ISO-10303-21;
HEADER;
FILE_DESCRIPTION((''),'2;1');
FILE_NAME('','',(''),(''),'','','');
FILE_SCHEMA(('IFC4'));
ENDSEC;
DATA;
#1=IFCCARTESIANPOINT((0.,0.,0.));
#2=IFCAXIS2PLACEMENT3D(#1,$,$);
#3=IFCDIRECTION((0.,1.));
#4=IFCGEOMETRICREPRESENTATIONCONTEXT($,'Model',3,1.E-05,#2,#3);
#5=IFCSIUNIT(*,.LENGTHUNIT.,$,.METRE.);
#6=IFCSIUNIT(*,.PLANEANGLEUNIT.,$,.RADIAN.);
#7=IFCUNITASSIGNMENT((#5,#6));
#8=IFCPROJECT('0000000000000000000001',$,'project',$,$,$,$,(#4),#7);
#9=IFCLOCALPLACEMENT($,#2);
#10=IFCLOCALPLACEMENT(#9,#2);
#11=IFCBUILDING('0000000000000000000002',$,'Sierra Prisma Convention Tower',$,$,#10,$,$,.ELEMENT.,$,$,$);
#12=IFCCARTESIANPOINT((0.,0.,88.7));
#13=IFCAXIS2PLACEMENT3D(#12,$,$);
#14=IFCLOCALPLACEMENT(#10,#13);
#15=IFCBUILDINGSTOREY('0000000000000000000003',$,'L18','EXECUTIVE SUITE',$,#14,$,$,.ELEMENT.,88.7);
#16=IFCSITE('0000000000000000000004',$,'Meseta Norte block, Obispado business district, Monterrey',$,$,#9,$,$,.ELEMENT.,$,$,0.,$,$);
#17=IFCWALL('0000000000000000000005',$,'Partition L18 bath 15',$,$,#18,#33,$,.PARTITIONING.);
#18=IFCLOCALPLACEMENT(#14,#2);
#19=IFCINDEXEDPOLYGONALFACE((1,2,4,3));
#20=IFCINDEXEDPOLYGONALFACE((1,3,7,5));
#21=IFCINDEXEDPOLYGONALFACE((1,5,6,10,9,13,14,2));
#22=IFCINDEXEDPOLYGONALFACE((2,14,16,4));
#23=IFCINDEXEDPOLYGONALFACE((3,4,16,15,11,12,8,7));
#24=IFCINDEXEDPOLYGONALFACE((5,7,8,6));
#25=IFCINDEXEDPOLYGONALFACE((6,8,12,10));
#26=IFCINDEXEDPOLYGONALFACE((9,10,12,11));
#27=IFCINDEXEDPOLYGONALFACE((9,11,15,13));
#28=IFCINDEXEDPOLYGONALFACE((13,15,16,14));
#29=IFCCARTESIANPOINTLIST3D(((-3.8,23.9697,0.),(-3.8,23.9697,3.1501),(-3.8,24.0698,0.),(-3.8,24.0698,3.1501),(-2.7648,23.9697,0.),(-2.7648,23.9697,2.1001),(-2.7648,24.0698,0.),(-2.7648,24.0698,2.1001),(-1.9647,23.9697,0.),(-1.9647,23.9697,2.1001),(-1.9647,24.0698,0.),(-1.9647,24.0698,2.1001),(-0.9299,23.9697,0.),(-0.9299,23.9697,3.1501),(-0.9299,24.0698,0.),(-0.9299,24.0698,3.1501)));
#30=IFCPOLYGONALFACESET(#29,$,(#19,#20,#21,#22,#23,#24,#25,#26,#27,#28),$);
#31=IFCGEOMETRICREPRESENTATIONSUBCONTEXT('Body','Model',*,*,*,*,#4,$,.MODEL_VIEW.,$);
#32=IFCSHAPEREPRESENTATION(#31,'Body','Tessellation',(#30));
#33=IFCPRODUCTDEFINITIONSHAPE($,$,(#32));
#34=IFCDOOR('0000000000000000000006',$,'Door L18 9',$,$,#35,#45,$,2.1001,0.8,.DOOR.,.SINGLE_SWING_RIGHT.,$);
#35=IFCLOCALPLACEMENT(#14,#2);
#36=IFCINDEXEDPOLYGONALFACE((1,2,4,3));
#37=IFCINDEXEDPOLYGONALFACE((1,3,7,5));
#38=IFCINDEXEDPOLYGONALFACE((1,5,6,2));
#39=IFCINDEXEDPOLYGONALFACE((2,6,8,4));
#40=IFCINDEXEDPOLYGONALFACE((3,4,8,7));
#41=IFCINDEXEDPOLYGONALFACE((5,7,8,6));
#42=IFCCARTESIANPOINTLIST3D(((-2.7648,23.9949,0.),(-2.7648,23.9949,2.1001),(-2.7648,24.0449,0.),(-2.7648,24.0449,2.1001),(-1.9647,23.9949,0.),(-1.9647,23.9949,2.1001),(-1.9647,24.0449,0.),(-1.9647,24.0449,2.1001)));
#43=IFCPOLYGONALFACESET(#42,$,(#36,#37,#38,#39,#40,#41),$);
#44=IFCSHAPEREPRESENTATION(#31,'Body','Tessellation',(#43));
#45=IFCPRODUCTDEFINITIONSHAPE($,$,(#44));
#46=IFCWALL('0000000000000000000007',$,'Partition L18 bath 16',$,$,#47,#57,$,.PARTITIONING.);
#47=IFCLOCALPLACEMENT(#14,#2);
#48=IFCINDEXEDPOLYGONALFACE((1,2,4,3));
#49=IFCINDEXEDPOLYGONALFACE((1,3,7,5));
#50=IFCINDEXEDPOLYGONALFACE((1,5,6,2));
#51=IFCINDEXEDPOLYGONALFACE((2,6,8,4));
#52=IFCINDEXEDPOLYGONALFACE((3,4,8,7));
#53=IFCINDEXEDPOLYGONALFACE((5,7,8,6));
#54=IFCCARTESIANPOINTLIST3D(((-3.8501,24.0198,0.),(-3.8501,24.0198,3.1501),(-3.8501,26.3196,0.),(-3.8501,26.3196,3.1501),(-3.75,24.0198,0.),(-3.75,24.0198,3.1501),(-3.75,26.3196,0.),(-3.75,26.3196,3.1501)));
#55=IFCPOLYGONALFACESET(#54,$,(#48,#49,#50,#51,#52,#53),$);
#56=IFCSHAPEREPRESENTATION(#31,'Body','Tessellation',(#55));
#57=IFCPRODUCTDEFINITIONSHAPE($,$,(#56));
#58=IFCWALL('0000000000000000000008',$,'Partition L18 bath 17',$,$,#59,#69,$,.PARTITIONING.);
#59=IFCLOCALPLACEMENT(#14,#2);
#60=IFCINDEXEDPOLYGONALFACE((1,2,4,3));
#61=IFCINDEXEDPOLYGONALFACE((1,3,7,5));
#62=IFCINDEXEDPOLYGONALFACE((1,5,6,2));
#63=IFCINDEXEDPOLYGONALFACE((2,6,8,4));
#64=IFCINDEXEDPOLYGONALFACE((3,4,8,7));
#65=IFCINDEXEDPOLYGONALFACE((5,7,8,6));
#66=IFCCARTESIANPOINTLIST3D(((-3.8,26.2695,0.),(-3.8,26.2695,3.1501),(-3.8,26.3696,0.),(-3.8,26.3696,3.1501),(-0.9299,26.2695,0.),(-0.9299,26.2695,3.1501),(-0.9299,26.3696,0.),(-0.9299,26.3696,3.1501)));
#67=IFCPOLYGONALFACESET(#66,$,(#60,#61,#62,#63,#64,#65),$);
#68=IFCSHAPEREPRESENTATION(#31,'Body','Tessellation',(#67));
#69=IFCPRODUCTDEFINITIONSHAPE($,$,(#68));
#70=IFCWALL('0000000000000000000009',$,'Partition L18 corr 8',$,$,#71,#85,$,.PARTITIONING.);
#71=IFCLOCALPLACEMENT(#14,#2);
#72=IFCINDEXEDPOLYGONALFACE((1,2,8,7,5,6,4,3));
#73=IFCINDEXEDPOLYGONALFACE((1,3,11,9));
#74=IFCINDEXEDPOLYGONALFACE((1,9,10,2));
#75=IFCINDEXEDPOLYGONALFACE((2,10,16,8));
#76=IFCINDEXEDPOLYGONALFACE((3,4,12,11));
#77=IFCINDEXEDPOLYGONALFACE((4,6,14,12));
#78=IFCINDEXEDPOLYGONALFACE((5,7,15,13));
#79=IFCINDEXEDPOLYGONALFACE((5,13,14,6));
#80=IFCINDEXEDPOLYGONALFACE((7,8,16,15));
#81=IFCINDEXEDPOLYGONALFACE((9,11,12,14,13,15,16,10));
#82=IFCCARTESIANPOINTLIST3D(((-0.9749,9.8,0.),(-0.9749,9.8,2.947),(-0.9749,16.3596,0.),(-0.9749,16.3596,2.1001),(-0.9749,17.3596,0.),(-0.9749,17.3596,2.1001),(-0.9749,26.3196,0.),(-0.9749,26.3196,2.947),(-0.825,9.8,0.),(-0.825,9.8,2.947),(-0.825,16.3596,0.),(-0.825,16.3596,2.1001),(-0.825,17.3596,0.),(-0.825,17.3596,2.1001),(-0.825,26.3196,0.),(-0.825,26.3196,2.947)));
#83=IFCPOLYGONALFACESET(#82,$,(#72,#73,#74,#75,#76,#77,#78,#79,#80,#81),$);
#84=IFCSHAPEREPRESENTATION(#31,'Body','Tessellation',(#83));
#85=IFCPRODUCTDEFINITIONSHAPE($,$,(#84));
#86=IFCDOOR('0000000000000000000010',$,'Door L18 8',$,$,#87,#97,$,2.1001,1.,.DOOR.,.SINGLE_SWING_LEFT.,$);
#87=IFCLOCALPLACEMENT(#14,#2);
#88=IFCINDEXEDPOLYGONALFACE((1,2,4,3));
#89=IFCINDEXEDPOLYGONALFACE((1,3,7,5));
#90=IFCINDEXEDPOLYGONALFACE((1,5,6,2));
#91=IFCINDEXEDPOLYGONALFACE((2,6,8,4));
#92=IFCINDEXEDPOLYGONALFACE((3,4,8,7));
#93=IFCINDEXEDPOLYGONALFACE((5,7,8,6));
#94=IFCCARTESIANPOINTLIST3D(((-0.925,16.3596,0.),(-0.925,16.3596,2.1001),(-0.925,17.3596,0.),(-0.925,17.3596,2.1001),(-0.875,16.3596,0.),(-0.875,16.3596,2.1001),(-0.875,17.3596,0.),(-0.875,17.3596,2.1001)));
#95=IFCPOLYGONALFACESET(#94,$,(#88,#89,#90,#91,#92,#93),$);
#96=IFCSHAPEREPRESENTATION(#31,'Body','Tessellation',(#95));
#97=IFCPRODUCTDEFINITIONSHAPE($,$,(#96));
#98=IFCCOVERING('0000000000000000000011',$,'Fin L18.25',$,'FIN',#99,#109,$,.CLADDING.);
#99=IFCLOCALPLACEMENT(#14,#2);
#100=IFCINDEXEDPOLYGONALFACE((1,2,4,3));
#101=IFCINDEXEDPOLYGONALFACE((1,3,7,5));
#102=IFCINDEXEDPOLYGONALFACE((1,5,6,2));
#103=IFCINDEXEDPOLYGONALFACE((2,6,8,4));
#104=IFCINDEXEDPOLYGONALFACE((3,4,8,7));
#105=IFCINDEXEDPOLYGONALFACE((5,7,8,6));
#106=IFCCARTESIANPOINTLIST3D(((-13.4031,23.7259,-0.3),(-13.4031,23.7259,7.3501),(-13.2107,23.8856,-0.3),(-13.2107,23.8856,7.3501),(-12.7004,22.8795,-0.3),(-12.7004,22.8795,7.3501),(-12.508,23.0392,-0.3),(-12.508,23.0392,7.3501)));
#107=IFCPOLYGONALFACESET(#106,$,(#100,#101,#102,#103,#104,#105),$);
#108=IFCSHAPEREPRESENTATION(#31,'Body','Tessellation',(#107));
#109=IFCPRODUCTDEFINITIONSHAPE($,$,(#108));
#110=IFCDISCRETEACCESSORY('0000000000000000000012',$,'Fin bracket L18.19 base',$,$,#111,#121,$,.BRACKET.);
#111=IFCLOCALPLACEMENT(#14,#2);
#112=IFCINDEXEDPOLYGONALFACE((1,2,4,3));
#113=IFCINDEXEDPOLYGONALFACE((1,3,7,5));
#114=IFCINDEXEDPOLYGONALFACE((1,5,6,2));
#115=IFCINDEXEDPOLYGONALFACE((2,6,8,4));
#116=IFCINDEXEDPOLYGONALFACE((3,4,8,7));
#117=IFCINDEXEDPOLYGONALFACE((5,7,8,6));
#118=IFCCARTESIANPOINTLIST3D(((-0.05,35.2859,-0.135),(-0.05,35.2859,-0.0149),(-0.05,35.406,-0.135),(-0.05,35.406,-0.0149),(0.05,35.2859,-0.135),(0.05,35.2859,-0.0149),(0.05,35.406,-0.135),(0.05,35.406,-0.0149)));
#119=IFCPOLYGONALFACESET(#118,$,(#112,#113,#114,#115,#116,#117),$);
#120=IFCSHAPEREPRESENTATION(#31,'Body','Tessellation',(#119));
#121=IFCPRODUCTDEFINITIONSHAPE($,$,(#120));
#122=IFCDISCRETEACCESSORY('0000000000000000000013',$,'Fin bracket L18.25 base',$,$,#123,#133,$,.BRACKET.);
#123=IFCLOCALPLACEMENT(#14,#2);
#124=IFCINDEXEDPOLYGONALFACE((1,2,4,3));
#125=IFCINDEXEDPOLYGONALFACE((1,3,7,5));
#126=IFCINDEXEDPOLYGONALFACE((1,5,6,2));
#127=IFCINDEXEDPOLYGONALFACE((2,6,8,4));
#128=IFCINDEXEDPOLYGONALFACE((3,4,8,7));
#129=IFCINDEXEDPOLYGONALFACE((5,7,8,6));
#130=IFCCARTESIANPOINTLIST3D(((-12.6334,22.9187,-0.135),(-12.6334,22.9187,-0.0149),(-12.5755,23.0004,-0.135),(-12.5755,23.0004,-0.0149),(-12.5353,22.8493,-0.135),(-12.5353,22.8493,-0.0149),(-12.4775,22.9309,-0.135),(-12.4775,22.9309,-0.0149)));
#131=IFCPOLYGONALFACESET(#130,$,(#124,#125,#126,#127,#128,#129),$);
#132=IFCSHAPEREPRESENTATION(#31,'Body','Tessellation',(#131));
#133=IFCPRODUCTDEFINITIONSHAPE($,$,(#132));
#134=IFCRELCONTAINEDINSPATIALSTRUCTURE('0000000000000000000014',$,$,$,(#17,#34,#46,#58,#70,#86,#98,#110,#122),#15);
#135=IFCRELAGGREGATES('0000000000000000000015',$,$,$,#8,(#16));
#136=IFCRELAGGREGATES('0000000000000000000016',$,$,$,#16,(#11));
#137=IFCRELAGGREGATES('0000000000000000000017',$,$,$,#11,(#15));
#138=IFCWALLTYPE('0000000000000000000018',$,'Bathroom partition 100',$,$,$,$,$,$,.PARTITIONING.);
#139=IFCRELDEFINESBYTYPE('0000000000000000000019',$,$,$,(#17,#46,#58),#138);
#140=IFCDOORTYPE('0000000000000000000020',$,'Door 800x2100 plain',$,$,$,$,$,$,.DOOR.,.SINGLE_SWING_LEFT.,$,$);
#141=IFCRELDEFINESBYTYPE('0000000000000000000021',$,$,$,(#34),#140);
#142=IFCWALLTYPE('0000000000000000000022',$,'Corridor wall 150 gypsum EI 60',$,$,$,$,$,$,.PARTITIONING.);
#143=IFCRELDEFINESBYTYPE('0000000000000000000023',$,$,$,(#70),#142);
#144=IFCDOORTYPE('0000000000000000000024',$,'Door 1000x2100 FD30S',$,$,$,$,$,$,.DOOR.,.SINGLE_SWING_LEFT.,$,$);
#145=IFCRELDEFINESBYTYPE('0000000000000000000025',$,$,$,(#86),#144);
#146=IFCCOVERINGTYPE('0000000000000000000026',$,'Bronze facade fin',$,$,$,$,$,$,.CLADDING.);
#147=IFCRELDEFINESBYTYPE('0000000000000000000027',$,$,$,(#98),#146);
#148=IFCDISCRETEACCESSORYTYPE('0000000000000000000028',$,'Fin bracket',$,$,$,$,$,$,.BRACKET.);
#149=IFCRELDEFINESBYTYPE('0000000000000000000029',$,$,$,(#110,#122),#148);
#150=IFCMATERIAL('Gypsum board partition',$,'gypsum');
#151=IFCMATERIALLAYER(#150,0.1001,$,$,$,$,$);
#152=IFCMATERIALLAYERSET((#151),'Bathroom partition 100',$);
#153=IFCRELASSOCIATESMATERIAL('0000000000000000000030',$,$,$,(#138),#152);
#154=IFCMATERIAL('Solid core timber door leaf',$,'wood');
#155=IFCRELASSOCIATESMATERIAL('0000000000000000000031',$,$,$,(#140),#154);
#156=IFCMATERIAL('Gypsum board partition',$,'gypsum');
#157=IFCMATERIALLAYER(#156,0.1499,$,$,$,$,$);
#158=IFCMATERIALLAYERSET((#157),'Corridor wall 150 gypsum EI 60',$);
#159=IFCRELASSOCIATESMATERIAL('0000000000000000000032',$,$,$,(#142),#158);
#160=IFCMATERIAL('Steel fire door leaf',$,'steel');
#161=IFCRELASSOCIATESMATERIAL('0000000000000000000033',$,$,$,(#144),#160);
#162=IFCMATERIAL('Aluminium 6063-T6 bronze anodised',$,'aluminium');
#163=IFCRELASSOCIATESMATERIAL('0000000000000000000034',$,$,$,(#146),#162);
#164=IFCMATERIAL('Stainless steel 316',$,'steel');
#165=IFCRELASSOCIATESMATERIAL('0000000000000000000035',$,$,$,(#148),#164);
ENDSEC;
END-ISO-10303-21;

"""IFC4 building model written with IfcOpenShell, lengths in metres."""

from ifc_helpers import new_model, si_unit, direction, frame, frame_2d, origin, origin_2d, place, context, subcontext, project, spatial, rectangle, extrude, material, layer, layer_set, material_profile, profile_set, type_object, element, fill, save


model = new_model("IFC4")

# Units and contexts
model_context = context("Model", 3, precision=1e-05, world=origin(), true_north=direction((0.0, 1.0)))
body_context = subcontext(model_context, "Body", "Model", "MODEL_VIEW")
ifc_project = project(units=[si_unit("LENGTHUNIT", "METRE"), si_unit("PLANEANGLEUNIT", "RADIAN")], contexts=[model_context])

# Site, building, storey
site_placement = place(None, origin())
site = spatial("IfcSite", under=ifc_project, at=site_placement, Name="Meseta Norte block, Obispado business district, Monterrey", CompositionType="ELEMENT", RefElevation=0.0)
building_placement = place(site_placement, origin())
building = spatial("IfcBuilding", under=site, at=building_placement, Name="Sierra Prisma Convention Tower", CompositionType="ELEMENT")
storey_placement = place(building_placement, frame((0.0, 0.0, 88.7)))
storey = spatial("IfcBuildingStorey", under=building, at=storey_placement, Name="L18", Description="EXECUTIVE SUITE", CompositionType="ELEMENT", Elevation=88.7)

# Wall, opening, door
ifc_material_1 = material(Name="Gypsum board partition", Category="gypsum")
ifc_layer_1 = layer(ifc_material_1, 0.1001)
ifc_layer_set_1 = layer_set([ifc_layer_1], Name="Bathroom partition 100")
wall_type_1 = type_object("IfcWallType", Name="Bathroom partition 100", PredefinedType="PARTITIONING", material=ifc_layer_set_1)
wall_1_placement = place(storey_placement, frame((-0.9299, 24.0198, 0.0), z_axis=(0.0, 0.0, 1.0), x_axis=(-1.0, 0.0, 0.0)))
wall_1 = element("IfcWall", 1, at=wall_1_placement, inside=storey, type_object=wall_type_1, Name="Partition L18 bath 15", PredefinedType="PARTITIONING", context=body_context, shape_type="SweptSolid", body=[
    extrude(rectangle(XDim=2.8701, YDim=0.1001, at=frame_2d((1.4351, 0.0))), origin(), (0.0, 0.0, 1.0), 3.1501),
])
opening_1_placement = place(wall_1_placement, frame((1.0349, 0.0, 0.0)))
opening_1 = element("IfcOpeningElement", 2, at=opening_1_placement, cuts=wall_1, PredefinedType="OPENING", context=body_context, shape_type="SweptSolid", body=[
    extrude(rectangle(XDim=0.8, YDim=2.1001, at=frame_2d((0.3999, 1.05))), frame((0.0, 0.05, 0.0), z_axis=(0.0, -1.0, 0.0), x_axis=(1.0, 0.0, 0.0)), (0.0, 0.0, 1.0), 0.1001),
])
ifc_material_2 = material(Name="Solid core timber door leaf", Category="wood")
door_type_1 = type_object("IfcDoorType", Name="Door 800x2100 plain", OperationType="SINGLE_SWING_LEFT", PredefinedType="DOOR", material=ifc_material_2)
door_1_placement = place(opening_1_placement, origin())
door_1 = element("IfcDoor", 3, at=door_1_placement, inside=storey, type_object=door_type_1, Name="Door L18 9", OperationType="SINGLE_SWING_RIGHT", OverallHeight=2.1001, OverallWidth=0.8, PredefinedType="DOOR", context=body_context, shape_type="SweptSolid", body=[
    extrude(rectangle(XDim=0.8, YDim=2.1001, at=frame_2d((0.3999, 1.05))), frame((0.0, 0.0249, 0.0), z_axis=(0.0, -1.0, 0.0), x_axis=(1.0, 0.0, 0.0)), (0.0, 0.0, 1.0), 0.05),
])
fill(opening_1, door_1)

# Walls
wall_2_placement = place(storey_placement, frame((-3.8, 24.0198, 0.0), z_axis=(0.0, 0.0, 1.0), x_axis=(0.0, 1.0, 0.0)))
element("IfcWall", 4, at=wall_2_placement, inside=storey, type_object=wall_type_1, Name="Partition L18 bath 16", PredefinedType="PARTITIONING", context=body_context, shape_type="SweptSolid", body=[
    extrude(rectangle(XDim=2.2998, YDim=0.1001, at=frame_2d((1.1499, 0.0))), origin(), (0.0, 0.0, 1.0), 3.1501),
])
wall_3_placement = place(storey_placement, frame((-3.8, 26.3196, 0.0), z_axis=(0.0, 0.0, 1.0), x_axis=(1.0, 0.0, 0.0)))
element("IfcWall", 5, at=wall_3_placement, inside=storey, type_object=wall_type_1, Name="Partition L18 bath 17", PredefinedType="PARTITIONING", context=body_context, shape_type="SweptSolid", body=[
    extrude(rectangle(XDim=2.8701, YDim=0.1001, at=frame_2d((1.4351, 0.0))), origin(), (0.0, 0.0, 1.0), 3.1501),
])

# Wall, opening, door
ifc_material_3 = material(Name="Gypsum board partition", Category="gypsum")
ifc_layer_2 = layer(ifc_material_3, 0.1499)
ifc_layer_set_2 = layer_set([ifc_layer_2], Name="Corridor wall 150 gypsum EI 60")
wall_type_2 = type_object("IfcWallType", Name="Corridor wall 150 gypsum EI 60", PredefinedType="PARTITIONING", material=ifc_layer_set_2)
wall_4_placement = place(storey_placement, frame((-0.8999, 26.3196, 0.0), z_axis=(0.0, 0.0, 1.0), x_axis=(0.0, -1.0, 0.0)))
wall_4 = element("IfcWall", 6, at=wall_4_placement, inside=storey, type_object=wall_type_2, Name="Partition L18 corr 8", PredefinedType="PARTITIONING", context=body_context, shape_type="SweptSolid", body=[
    extrude(rectangle(XDim=16.5195, YDim=0.1499, at=frame_2d((8.2598, 0.0))), origin(), (0.0, 0.0, 1.0), 2.947),
])
opening_2_placement = place(wall_4_placement, frame((8.96, 0.0, 0.0)))
opening_2 = element("IfcOpeningElement", 7, at=opening_2_placement, cuts=wall_4, PredefinedType="OPENING", context=body_context, shape_type="SweptSolid", body=[
    extrude(rectangle(XDim=1.0, YDim=2.1001, at=frame_2d((0.5, 1.05))), frame((0.0, 0.075, 0.0), z_axis=(0.0, -1.0, 0.0), x_axis=(1.0, 0.0, 0.0)), (0.0, 0.0, 1.0), 0.1499),
])
ifc_material_4 = material(Name="Steel fire door leaf", Category="steel")
door_type_2 = type_object("IfcDoorType", Name="Door 1000x2100 FD30S", OperationType="SINGLE_SWING_LEFT", PredefinedType="DOOR", material=ifc_material_4)
door_2_placement = place(opening_2_placement, origin())
door_2 = element("IfcDoor", 8, at=door_2_placement, inside=storey, type_object=door_type_2, Name="Door L18 8", OperationType="SINGLE_SWING_LEFT", OverallHeight=2.1001, OverallWidth=1.0, PredefinedType="DOOR", context=body_context, shape_type="SweptSolid", body=[
    extrude(rectangle(XDim=1.0, YDim=2.1001, at=frame_2d((0.5, 1.05))), frame((0.0, 0.0249, 0.0), z_axis=(0.0, -1.0, 0.0), x_axis=(1.0, 0.0, 0.0)), (0.0, 0.0, 1.0), 0.05),
])
fill(opening_2, door_2)

# Covering
ifc_material_5 = material(Name="Aluminium 6063-T6 bronze anodised", Category="aluminium")
ifc_material_profile_1 = material_profile(ifc_material_5, rectangle(XDim=1.1001, YDim=0.25, at=origin_2d()), Name="ALU FIN 1100x250")
ifc_profile_set_1 = profile_set([ifc_material_profile_1], Name="Aluminium 6063-T6 bronze anodised")
covering_type = type_object("IfcCoveringType", Name="Bronze facade fin", PredefinedType="CLADDING", material=ifc_profile_set_1)
covering_placement = place(storey_placement, frame((-12.9556, 23.3826, -0.3), z_axis=(0.0, 0.0, 1.0), x_axis=(-0.63876, 0.769406, 0.0)))
element("IfcCovering", 9, at=covering_placement, inside=storey, type_object=covering_type, Name="Fin L18.25", ObjectType="FIN", PredefinedType="CLADDING", context=body_context, shape_type="SweptSolid", body=[
    extrude(rectangle(XDim=1.1001, YDim=0.25, at=origin_2d()), origin(), (0.0, 0.0, 1.0), 7.6501),
])

# Discrete accessories
ifc_material_6 = material(Name="Stainless steel 316", Category="steel")
discrete_accessory_type = type_object("IfcDiscreteAccessoryType", Name="Fin bracket", PredefinedType="BRACKET", material=ifc_material_6)
for number, where, z_axis, x_axis, name in (
    (10, (0.0, 35.3459, -0.135), (0.0, 0.0, 1.0), (0.0, 1.0, 0.0), "Fin bracket L18.19 base"),
    (11, (-12.5554, 22.9248, -0.135), (0.0, 0.0, 1.0), (-0.816132, 0.577866, 0.0), "Fin bracket L18.25 base"),
):
    element("IfcDiscreteAccessory", number, at=place(storey_placement, frame(where, z_axis=z_axis, x_axis=x_axis)), inside=storey, type_object=discrete_accessory_type, Name=name, PredefinedType="BRACKET", context=body_context, shape_type="SweptSolid", body=[
        extrude(rectangle(XDim=0.1201, YDim=0.1001, at=origin_2d()), origin(), (0.0, 0.0, 1.0), 0.1201),
    ])

save(model, "model.ifc")
